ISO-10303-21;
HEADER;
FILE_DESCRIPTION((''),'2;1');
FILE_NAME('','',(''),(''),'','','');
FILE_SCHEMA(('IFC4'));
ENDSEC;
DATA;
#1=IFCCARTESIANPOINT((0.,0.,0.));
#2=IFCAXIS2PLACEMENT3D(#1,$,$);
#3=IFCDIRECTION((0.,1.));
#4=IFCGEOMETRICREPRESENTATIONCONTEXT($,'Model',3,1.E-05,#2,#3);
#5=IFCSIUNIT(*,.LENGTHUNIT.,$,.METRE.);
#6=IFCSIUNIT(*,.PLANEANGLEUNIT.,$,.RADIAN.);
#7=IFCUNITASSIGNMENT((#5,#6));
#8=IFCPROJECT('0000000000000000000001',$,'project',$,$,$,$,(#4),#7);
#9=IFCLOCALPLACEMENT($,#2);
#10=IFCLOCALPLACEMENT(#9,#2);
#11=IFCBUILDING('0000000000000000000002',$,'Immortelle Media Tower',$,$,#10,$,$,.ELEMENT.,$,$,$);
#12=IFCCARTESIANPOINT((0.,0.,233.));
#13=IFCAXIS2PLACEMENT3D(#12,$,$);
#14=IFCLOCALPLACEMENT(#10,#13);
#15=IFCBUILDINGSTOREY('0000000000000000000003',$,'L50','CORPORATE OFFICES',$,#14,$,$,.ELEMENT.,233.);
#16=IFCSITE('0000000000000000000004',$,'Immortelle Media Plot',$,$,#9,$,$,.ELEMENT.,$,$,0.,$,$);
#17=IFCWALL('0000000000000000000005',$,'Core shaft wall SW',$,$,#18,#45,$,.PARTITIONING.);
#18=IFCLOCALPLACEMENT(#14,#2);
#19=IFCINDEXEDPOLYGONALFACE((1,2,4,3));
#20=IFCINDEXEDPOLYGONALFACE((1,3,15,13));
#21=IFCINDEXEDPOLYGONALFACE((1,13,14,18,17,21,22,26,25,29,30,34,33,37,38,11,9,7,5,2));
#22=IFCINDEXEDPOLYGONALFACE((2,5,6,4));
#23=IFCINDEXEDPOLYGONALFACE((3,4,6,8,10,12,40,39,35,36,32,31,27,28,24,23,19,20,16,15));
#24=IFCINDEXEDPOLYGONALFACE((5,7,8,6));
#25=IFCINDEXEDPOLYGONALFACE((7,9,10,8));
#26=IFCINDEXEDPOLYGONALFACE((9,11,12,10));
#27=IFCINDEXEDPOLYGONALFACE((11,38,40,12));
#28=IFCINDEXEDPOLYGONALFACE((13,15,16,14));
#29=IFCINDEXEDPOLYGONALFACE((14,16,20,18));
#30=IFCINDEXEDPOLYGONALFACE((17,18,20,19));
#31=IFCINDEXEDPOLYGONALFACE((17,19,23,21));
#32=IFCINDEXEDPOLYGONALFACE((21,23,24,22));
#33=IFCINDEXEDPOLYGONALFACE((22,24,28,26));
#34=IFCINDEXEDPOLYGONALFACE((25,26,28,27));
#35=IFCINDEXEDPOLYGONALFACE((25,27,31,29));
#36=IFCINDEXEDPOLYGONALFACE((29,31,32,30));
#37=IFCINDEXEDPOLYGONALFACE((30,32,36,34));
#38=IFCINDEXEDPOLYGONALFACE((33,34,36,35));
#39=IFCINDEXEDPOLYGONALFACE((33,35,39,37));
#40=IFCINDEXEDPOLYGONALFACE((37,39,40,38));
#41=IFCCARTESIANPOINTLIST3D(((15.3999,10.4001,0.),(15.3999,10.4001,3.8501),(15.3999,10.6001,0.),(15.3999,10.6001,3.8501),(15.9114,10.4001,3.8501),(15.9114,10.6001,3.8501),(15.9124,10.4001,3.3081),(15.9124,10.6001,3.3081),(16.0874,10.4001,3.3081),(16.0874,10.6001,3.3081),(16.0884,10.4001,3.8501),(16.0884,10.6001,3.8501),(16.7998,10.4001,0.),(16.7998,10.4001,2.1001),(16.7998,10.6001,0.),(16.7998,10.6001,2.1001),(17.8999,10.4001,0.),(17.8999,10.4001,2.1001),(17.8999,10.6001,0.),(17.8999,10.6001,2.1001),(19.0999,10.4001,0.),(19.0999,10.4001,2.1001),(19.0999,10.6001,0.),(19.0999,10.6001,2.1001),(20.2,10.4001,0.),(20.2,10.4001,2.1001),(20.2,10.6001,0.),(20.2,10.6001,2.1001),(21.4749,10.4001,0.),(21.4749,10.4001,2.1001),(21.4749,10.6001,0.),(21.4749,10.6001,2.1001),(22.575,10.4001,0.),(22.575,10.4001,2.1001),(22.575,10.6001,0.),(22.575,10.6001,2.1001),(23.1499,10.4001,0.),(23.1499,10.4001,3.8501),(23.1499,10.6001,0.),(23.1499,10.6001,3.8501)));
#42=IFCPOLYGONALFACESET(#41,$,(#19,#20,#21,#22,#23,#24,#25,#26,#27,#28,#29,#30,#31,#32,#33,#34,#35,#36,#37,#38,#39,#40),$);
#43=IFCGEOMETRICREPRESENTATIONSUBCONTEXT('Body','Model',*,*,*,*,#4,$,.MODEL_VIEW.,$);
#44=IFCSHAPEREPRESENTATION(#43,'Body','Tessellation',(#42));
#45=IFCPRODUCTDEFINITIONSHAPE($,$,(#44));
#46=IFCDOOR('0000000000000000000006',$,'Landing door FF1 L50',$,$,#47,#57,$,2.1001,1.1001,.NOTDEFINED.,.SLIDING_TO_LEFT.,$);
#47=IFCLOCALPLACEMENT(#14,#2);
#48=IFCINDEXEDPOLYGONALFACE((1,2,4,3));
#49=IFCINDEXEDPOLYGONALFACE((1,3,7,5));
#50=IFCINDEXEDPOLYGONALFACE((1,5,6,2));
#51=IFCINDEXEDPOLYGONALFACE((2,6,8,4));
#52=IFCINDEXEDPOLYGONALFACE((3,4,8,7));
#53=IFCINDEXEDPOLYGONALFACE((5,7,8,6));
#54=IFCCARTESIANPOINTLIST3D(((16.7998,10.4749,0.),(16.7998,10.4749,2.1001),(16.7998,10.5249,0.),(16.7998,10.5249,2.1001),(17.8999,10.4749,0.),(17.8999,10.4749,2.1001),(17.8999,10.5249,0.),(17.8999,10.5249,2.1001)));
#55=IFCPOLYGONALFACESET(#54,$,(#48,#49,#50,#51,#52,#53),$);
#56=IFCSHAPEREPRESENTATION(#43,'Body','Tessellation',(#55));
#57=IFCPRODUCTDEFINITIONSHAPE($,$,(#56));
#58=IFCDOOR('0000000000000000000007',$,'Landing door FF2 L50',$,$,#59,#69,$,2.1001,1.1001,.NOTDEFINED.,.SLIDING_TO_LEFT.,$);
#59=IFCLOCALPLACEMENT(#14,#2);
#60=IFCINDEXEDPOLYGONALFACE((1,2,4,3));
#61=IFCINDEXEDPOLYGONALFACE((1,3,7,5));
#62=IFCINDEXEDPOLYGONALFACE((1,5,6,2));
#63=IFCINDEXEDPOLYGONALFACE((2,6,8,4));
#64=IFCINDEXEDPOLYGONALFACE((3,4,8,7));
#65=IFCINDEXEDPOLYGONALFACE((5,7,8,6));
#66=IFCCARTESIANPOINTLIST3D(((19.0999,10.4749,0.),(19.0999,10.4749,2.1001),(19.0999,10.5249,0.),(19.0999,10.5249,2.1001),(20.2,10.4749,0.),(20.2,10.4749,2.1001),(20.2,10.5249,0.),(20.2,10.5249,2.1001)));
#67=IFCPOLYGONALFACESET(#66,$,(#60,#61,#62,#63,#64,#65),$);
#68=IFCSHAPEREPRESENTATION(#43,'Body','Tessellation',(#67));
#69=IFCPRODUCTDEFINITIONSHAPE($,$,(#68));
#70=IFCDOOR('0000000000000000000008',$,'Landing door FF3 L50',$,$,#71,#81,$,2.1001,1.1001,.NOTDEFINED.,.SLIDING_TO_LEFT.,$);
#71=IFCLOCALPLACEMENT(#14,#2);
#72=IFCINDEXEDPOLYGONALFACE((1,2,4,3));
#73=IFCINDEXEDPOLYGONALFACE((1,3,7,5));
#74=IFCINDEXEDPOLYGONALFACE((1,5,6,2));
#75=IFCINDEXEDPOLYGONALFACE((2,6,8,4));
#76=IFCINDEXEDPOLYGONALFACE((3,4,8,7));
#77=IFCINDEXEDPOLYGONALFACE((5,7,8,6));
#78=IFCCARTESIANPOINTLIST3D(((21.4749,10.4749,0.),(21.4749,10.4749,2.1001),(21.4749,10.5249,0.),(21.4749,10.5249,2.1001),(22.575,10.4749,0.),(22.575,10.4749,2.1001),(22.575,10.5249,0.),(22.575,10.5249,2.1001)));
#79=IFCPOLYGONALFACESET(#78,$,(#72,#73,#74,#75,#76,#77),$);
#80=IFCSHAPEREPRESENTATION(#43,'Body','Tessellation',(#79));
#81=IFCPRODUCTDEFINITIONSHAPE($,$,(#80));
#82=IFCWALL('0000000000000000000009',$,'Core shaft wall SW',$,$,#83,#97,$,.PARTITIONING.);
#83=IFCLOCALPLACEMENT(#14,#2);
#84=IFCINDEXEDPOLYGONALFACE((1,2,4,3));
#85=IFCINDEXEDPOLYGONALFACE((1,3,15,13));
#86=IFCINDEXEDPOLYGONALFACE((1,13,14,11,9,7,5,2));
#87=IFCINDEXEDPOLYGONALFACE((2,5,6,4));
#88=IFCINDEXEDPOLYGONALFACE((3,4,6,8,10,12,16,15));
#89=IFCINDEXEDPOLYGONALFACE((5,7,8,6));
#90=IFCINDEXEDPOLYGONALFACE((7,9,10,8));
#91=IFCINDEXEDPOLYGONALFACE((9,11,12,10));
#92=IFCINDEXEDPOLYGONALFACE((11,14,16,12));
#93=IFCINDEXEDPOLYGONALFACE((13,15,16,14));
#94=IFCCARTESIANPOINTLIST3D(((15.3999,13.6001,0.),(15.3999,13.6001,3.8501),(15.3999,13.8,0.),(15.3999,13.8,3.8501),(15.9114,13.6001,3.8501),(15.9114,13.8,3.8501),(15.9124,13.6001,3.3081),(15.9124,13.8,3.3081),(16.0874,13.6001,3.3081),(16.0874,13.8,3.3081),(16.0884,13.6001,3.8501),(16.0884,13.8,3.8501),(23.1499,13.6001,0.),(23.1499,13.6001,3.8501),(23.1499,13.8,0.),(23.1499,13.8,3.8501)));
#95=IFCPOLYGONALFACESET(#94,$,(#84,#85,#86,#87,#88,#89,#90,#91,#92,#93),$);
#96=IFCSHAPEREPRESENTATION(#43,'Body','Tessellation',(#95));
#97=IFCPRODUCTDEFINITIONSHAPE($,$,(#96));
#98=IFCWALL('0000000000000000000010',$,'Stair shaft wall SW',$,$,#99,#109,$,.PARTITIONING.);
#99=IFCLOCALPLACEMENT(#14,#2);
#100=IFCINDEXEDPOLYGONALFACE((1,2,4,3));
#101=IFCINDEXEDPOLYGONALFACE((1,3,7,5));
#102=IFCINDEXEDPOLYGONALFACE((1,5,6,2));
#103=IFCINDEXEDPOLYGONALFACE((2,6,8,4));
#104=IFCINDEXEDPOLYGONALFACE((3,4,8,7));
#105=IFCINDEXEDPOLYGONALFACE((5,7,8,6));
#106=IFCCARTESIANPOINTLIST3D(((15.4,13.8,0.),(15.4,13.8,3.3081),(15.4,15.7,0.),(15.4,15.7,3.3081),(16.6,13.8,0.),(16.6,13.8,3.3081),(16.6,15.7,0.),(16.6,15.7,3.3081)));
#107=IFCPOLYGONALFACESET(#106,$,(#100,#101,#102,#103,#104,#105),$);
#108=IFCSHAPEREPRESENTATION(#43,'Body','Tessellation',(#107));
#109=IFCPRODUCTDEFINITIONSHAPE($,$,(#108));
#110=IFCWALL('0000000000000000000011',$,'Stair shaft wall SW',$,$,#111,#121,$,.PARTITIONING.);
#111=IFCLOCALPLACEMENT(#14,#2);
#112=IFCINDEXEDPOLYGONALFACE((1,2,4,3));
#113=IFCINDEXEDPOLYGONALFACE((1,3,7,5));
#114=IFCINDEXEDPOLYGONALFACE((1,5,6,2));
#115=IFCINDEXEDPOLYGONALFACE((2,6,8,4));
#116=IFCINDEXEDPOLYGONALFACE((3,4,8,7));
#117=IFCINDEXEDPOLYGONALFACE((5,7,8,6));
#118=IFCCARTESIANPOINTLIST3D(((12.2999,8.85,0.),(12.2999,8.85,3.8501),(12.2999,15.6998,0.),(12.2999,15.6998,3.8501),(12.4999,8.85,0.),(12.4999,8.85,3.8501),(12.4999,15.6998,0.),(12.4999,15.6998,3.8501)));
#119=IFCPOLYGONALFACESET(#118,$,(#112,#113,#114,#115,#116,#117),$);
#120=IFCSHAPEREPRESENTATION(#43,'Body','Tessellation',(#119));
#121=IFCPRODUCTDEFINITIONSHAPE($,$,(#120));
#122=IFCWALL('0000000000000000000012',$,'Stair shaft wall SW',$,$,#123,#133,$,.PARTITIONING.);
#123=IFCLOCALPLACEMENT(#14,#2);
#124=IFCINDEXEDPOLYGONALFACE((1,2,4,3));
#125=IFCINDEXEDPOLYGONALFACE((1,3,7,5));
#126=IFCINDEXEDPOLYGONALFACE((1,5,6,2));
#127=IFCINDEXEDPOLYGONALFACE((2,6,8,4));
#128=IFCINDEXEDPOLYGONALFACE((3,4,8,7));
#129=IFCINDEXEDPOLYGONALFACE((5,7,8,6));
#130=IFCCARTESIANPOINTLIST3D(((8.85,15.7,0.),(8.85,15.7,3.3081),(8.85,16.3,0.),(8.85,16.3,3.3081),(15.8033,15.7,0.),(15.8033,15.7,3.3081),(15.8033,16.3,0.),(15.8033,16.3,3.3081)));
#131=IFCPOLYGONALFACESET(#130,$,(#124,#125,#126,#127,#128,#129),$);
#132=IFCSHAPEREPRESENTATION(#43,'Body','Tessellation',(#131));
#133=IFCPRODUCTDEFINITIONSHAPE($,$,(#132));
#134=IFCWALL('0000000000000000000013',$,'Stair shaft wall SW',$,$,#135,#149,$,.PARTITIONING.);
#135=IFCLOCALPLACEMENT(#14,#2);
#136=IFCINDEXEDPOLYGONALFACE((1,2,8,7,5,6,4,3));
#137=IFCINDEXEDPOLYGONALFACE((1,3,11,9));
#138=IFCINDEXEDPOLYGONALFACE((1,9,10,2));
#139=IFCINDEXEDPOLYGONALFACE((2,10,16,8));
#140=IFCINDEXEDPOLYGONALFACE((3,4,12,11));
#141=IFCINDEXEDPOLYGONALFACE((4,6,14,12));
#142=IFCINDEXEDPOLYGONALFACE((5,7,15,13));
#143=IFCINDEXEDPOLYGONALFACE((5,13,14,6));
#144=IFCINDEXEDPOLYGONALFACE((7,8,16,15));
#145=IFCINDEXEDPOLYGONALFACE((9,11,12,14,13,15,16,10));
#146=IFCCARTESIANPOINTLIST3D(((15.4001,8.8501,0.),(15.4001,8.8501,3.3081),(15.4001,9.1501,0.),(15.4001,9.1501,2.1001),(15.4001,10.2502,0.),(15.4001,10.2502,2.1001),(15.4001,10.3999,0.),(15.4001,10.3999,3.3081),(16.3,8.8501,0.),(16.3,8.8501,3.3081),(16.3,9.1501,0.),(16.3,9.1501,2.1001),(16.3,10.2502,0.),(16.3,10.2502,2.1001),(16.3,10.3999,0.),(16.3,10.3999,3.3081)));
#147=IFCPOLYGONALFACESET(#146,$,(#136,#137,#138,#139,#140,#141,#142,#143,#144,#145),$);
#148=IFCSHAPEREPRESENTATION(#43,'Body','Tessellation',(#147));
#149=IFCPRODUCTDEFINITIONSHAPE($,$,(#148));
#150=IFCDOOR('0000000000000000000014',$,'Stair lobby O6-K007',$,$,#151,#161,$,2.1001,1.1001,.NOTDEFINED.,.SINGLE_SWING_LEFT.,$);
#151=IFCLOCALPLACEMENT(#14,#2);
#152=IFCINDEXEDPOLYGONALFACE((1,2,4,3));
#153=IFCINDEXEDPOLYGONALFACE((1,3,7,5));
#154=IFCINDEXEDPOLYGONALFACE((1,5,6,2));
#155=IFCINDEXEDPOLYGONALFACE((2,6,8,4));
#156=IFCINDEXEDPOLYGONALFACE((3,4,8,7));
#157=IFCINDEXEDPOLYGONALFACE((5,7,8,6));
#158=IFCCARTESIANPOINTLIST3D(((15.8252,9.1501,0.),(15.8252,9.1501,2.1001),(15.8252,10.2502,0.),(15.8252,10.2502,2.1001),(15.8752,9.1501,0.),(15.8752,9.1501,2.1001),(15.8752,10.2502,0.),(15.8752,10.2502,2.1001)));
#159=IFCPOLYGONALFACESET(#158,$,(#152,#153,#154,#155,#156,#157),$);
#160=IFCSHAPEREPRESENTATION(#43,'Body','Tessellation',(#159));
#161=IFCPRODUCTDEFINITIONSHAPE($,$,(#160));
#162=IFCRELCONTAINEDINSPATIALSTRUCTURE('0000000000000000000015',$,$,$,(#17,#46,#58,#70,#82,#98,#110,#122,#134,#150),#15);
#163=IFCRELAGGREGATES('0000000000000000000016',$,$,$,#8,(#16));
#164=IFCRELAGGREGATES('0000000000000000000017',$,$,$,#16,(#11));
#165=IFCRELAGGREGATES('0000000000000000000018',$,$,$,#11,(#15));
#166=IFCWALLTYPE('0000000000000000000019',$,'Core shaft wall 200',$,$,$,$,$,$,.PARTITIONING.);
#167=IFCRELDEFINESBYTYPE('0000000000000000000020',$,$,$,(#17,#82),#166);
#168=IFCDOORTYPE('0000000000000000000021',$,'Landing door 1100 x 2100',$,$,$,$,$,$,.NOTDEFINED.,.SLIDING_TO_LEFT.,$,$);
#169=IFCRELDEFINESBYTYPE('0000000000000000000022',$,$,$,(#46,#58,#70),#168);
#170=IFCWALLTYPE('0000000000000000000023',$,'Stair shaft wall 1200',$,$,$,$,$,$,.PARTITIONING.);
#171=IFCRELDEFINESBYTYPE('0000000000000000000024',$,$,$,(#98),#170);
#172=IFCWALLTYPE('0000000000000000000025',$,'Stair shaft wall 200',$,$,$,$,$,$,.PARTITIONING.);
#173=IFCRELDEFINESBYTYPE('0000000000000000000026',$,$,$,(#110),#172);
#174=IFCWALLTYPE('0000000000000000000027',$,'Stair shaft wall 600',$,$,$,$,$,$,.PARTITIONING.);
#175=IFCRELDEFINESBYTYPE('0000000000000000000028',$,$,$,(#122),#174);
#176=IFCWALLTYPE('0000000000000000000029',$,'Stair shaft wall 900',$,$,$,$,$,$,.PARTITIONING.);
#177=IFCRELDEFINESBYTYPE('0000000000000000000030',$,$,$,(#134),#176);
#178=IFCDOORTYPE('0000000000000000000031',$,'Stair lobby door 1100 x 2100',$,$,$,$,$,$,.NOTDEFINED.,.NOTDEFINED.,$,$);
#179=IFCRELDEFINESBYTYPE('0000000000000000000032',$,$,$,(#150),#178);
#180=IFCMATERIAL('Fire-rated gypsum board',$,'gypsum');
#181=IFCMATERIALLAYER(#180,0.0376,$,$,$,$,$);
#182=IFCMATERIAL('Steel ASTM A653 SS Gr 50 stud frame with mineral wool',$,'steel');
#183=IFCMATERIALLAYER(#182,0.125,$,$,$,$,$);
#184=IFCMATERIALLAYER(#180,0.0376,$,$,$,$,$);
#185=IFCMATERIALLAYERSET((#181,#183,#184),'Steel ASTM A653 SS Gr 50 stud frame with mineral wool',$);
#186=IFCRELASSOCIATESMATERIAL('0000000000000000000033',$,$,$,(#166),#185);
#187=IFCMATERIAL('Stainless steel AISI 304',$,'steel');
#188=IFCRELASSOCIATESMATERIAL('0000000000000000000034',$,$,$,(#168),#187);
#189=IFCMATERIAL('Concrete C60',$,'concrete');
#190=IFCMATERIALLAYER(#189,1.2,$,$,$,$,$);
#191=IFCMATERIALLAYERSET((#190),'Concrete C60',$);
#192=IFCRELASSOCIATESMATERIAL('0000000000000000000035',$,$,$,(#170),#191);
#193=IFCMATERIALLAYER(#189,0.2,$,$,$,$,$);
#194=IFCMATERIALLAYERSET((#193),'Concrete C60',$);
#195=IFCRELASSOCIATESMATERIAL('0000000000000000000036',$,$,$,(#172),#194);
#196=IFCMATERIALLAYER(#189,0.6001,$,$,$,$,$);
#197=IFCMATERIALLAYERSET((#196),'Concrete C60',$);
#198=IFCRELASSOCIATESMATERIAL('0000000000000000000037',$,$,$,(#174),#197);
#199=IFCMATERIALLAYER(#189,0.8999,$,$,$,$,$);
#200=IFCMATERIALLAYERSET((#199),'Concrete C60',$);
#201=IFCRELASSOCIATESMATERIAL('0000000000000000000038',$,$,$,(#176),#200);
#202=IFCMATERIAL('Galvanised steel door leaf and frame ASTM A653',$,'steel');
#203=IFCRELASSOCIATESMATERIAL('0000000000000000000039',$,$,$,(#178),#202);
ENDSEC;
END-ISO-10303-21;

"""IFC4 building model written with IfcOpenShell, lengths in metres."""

from ifc_helpers import new_model, si_unit, direction, frame, frame_2d, origin, place, context, subcontext, project, spatial, polyline, rectangle, outline, extrude, material, layer, layer_set, type_object, element, fill, save


model = new_model("IFC4")

# Units and contexts
model_context = context("Model", 3, precision=1e-05, world=origin(), true_north=direction((0.0, 1.0)))
body_context = subcontext(model_context, "Body", "Model", "MODEL_VIEW")
ifc_project = project(units=[si_unit("LENGTHUNIT", "METRE"), si_unit("PLANEANGLEUNIT", "RADIAN")], contexts=[model_context])

# Site, building, storey
site_placement = place(None, origin())
site = spatial("IfcSite", under=ifc_project, at=site_placement, Name="Immortelle Media Plot", CompositionType="ELEMENT", RefElevation=0.0)
building_placement = place(site_placement, origin())
building = spatial("IfcBuilding", under=site, at=building_placement, Name="Immortelle Media Tower", CompositionType="ELEMENT")
storey_placement = place(building_placement, frame((0.0, 0.0, 233.0)))
storey = spatial("IfcBuildingStorey", under=building, at=storey_placement, Name="L50", Description="CORPORATE OFFICES", CompositionType="ELEMENT", Elevation=233.0)

# Wall, openings, doors
ifc_material_1 = material(Name="Fire-rated gypsum board", Category="gypsum")
ifc_layer_1 = layer(ifc_material_1, 0.0376)
ifc_material_2 = material(Name="Steel ASTM A653 SS Gr 50 stud frame with mineral wool", Category="steel")
ifc_layer_2 = layer(ifc_material_2, 0.125)
ifc_layer_3 = layer(ifc_material_1, 0.0376)
ifc_layer_set_1 = layer_set([ifc_layer_1, ifc_layer_2, ifc_layer_3], Name="Steel ASTM A653 SS Gr 50 stud frame with mineral wool")
wall_type_1 = type_object("IfcWallType", Name="Core shaft wall 200", PredefinedType="PARTITIONING", material=ifc_layer_set_1)
wall_1_placement = place(storey_placement, frame((15.3999, 10.5, 0.0), z_axis=(0.0, 0.0, 1.0), x_axis=(1.0, 0.0, 0.0)))
wall_1 = element("IfcWall", 1, at=wall_1_placement, inside=storey, type_object=wall_type_1, Name="Core shaft wall SW", PredefinedType="PARTITIONING", context=body_context, shape_type="SweptSolid", body=[
    extrude(outline(polyline([(0.0, 0.0), (7.75, 0.0), (7.75, 3.8501), (0.6885, 3.8501), (0.6875, 3.3081), (0.5125, 3.3081), (0.5115, 3.8501), (0.0, 3.8501), (0.0, 0.0)])), frame((0.0, 0.1001, 0.0), z_axis=(0.0, -1.0, 0.0), x_axis=(1.0, 0.0, 0.0)), (0.0, 0.0, 1.0), 0.2),
])
opening_1_placement = place(wall_1_placement, frame((1.3999, 0.0, 0.0)))
opening_1 = element("IfcOpeningElement", 2, at=opening_1_placement, cuts=wall_1, PredefinedType="OPENING", context=body_context, shape_type="SweptSolid", body=[
    extrude(rectangle(XDim=1.1001, YDim=2.1001, at=frame_2d((0.55, 1.05))), frame((0.0, 0.1099, 0.0), z_axis=(0.0, -1.0, 0.0), x_axis=(1.0, 0.0, 0.0)), (0.0, 0.0, 1.0), 0.22),
])
opening_2_placement = place(wall_1_placement, frame((3.7, 0.0, 0.0)))
opening_2 = element("IfcOpeningElement", 3, at=opening_2_placement, cuts=wall_1, PredefinedType="OPENING", context=body_context, shape_type="SweptSolid", body=[
    extrude(rectangle(XDim=1.1001, YDim=2.1001, at=frame_2d((0.55, 1.05))), frame((0.0, 0.1099, 0.0), z_axis=(0.0, -1.0, 0.0), x_axis=(1.0, 0.0, 0.0)), (0.0, 0.0, 1.0), 0.22),
])
opening_3_placement = place(wall_1_placement, frame((6.075, 0.0, 0.0)))
opening_3 = element("IfcOpeningElement", 4, at=opening_3_placement, cuts=wall_1, PredefinedType="OPENING", context=body_context, shape_type="SweptSolid", body=[
    extrude(rectangle(XDim=1.1001, YDim=2.1001, at=frame_2d((0.55, 1.05))), frame((0.0, 0.1099, 0.0), z_axis=(0.0, -1.0, 0.0), x_axis=(1.0, 0.0, 0.0)), (0.0, 0.0, 1.0), 0.22),
])
ifc_material_3 = material(Name="Stainless steel AISI 304", Category="steel")
door_type_1 = type_object("IfcDoorType", Name="Landing door 1100 x 2100", OperationType="SLIDING_TO_LEFT", PredefinedType="NOTDEFINED", material=ifc_material_3)
door_1_placement = place(opening_1_placement, origin())
door_1 = element("IfcDoor", 5, at=door_1_placement, inside=storey, type_object=door_type_1, Name="Landing door FF1 L50", OperationType="SLIDING_TO_LEFT", OverallHeight=2.1001, OverallWidth=1.1001, PredefinedType="NOTDEFINED", context=body_context, shape_type="SweptSolid", body=[
    extrude(rectangle(XDim=1.1001, YDim=2.1001, at=frame_2d((0.55, 1.05))), frame((0.0, 0.0249, 0.0), z_axis=(0.0, -1.0, 0.0), x_axis=(1.0, 0.0, 0.0)), (0.0, 0.0, 1.0), 0.05),
])
fill(opening_1, door_1)
door_2_placement = place(opening_2_placement, origin())
door_2 = element("IfcDoor", 6, at=door_2_placement, inside=storey, type_object=door_type_1, Name="Landing door FF2 L50", OperationType="SLIDING_TO_LEFT", OverallHeight=2.1001, OverallWidth=1.1001, PredefinedType="NOTDEFINED", context=body_context, shape_type="SweptSolid", body=[
    extrude(rectangle(XDim=1.1001, YDim=2.1001, at=frame_2d((0.55, 1.05))), frame((0.0, 0.0249, 0.0), z_axis=(0.0, -1.0, 0.0), x_axis=(1.0, 0.0, 0.0)), (0.0, 0.0, 1.0), 0.05),
])
fill(opening_2, door_2)
door_3_placement = place(opening_3_placement, origin())
door_3 = element("IfcDoor", 7, at=door_3_placement, inside=storey, type_object=door_type_1, Name="Landing door FF3 L50", OperationType="SLIDING_TO_LEFT", OverallHeight=2.1001, OverallWidth=1.1001, PredefinedType="NOTDEFINED", context=body_context, shape_type="SweptSolid", body=[
    extrude(rectangle(XDim=1.1001, YDim=2.1001, at=frame_2d((0.55, 1.05))), frame((0.0, 0.0249, 0.0), z_axis=(0.0, -1.0, 0.0), x_axis=(1.0, 0.0, 0.0)), (0.0, 0.0, 1.0), 0.05),
])
fill(opening_3, door_3)

# Walls
wall_2_placement = place(storey_placement, frame((15.3999, 13.7, 0.0), z_axis=(0.0, 0.0, 1.0), x_axis=(1.0, 0.0, 0.0)))
element("IfcWall", 8, at=wall_2_placement, inside=storey, type_object=wall_type_1, Name="Core shaft wall SW", PredefinedType="PARTITIONING", context=body_context, shape_type="SweptSolid", body=[
    extrude(outline(polyline([(0.0, 0.0), (7.75, 0.0), (7.75, 3.8501), (0.6885, 3.8501), (0.6875, 3.3081), (0.5125, 3.3081), (0.5115, 3.8501), (0.0, 3.8501), (0.0, 0.0)])), frame((0.0, 0.1001, 0.0), z_axis=(0.0, -1.0, 0.0), x_axis=(1.0, 0.0, 0.0)), (0.0, 0.0, 1.0), 0.2),
])
ifc_material_4 = material(Name="Concrete C60", Category="concrete")
ifc_layer_4 = layer(ifc_material_4, 1.2)
ifc_layer_set_2 = layer_set([ifc_layer_4], Name="Concrete C60")
wall_type_2 = type_object("IfcWallType", Name="Stair shaft wall 1200", PredefinedType="PARTITIONING", material=ifc_layer_set_2)
wall_3_placement = place(storey_placement, frame((16.0, 13.8, 0.0), z_axis=(0.0, 0.0, 1.0), x_axis=(0.0, 1.0, 0.0)))
element("IfcWall", 9, at=wall_3_placement, inside=storey, type_object=wall_type_2, Name="Stair shaft wall SW", PredefinedType="PARTITIONING", context=body_context, shape_type="SweptSolid", body=[
    extrude(rectangle(XDim=1.8999, YDim=1.2, at=frame_2d((0.95, 0.0))), origin(), (0.0, 0.0, 1.0), 3.3081),
])
ifc_layer_5 = layer(ifc_material_4, 0.2)
ifc_layer_set_3 = layer_set([ifc_layer_5], Name="Concrete C60")
wall_type_3 = type_object("IfcWallType", Name="Stair shaft wall 200", PredefinedType="PARTITIONING", material=ifc_layer_set_3)
wall_4_placement = place(storey_placement, frame((12.3999, 8.8501, 0.0), z_axis=(0.0, 0.0, 1.0), x_axis=(0.0, 1.0, 0.0)))
element("IfcWall", 10, at=wall_4_placement, inside=storey, type_object=wall_type_3, Name="Stair shaft wall SW", PredefinedType="PARTITIONING", context=body_context, shape_type="SweptSolid", body=[
    extrude(rectangle(XDim=6.8499, YDim=0.2, at=frame_2d((3.4248, 0.0))), origin(), (0.0, 0.0, 1.0), 3.8501),
])
ifc_layer_6 = layer(ifc_material_4, 0.6001)
ifc_layer_set_4 = layer_set([ifc_layer_6], Name="Concrete C60")
wall_type_4 = type_object("IfcWallType", Name="Stair shaft wall 600", PredefinedType="PARTITIONING", material=ifc_layer_set_4)
wall_5_placement = place(storey_placement, frame((8.8501, 16.0, 0.0), z_axis=(0.0, 0.0, 1.0), x_axis=(1.0, 0.0, 0.0)))
element("IfcWall", 11, at=wall_5_placement, inside=storey, type_object=wall_type_4, Name="Stair shaft wall SW", PredefinedType="PARTITIONING", context=body_context, shape_type="SweptSolid", body=[
    extrude(rectangle(XDim=6.9534, YDim=0.6001, at=frame_2d((3.4766, 0.0))), origin(), (0.0, 0.0, 1.0), 3.3081),
])

# Wall, opening, door
ifc_layer_7 = layer(ifc_material_4, 0.8999)
ifc_layer_set_5 = layer_set([ifc_layer_7], Name="Concrete C60")
wall_type_5 = type_object("IfcWallType", Name="Stair shaft wall 900", PredefinedType="PARTITIONING", material=ifc_layer_set_5)
wall_6_placement = place(storey_placement, frame((15.8501, 8.8501, 0.0), z_axis=(0.0, 0.0, 1.0), x_axis=(0.0, 1.0, 0.0)))
wall_6 = element("IfcWall", 12, at=wall_6_placement, inside=storey, type_object=wall_type_5, Name="Stair shaft wall SW", PredefinedType="PARTITIONING", context=body_context, shape_type="SweptSolid", body=[
    extrude(rectangle(XDim=1.5498, YDim=0.8999, at=frame_2d((0.7749, 0.0))), origin(), (0.0, 0.0, 1.0), 3.3081),
])
opening_4_placement = place(wall_6_placement, frame((0.3, 0.0, 0.0)))
opening_4 = element("IfcOpeningElement", 13, at=opening_4_placement, cuts=wall_6, PredefinedType="OPENING", context=body_context, shape_type="SweptSolid", body=[
    extrude(rectangle(XDim=1.1001, YDim=2.1001, at=frame_2d((0.55, 1.05))), frame((0.0, 0.46, 0.0), z_axis=(0.0, -1.0, 0.0), x_axis=(1.0, 0.0, 0.0)), (0.0, 0.0, 1.0), 0.9199),
])
ifc_material_5 = material(Name="Galvanised steel door leaf and frame ASTM A653", Category="steel")
door_type_2 = type_object("IfcDoorType", Name="Stair lobby door 1100 x 2100", OperationType="NOTDEFINED", PredefinedType="NOTDEFINED", material=ifc_material_5)
door_4_placement = place(opening_4_placement, origin())
door_4 = element("IfcDoor", 14, at=door_4_placement, inside=storey, type_object=door_type_2, Name="Stair lobby O6-K007", OperationType="SINGLE_SWING_LEFT", OverallHeight=2.1001, OverallWidth=1.1001, PredefinedType="NOTDEFINED", context=body_context, shape_type="SweptSolid", body=[
    extrude(rectangle(XDim=1.1001, YDim=2.1001, at=frame_2d((0.55, 1.05))), frame((0.0, 0.0249, 0.0), z_axis=(0.0, -1.0, 0.0), x_axis=(1.0, 0.0, 0.0)), (0.0, 0.0, 1.0), 0.05),
])
fill(opening_4, door_4)

save(model, "model.ifc")
